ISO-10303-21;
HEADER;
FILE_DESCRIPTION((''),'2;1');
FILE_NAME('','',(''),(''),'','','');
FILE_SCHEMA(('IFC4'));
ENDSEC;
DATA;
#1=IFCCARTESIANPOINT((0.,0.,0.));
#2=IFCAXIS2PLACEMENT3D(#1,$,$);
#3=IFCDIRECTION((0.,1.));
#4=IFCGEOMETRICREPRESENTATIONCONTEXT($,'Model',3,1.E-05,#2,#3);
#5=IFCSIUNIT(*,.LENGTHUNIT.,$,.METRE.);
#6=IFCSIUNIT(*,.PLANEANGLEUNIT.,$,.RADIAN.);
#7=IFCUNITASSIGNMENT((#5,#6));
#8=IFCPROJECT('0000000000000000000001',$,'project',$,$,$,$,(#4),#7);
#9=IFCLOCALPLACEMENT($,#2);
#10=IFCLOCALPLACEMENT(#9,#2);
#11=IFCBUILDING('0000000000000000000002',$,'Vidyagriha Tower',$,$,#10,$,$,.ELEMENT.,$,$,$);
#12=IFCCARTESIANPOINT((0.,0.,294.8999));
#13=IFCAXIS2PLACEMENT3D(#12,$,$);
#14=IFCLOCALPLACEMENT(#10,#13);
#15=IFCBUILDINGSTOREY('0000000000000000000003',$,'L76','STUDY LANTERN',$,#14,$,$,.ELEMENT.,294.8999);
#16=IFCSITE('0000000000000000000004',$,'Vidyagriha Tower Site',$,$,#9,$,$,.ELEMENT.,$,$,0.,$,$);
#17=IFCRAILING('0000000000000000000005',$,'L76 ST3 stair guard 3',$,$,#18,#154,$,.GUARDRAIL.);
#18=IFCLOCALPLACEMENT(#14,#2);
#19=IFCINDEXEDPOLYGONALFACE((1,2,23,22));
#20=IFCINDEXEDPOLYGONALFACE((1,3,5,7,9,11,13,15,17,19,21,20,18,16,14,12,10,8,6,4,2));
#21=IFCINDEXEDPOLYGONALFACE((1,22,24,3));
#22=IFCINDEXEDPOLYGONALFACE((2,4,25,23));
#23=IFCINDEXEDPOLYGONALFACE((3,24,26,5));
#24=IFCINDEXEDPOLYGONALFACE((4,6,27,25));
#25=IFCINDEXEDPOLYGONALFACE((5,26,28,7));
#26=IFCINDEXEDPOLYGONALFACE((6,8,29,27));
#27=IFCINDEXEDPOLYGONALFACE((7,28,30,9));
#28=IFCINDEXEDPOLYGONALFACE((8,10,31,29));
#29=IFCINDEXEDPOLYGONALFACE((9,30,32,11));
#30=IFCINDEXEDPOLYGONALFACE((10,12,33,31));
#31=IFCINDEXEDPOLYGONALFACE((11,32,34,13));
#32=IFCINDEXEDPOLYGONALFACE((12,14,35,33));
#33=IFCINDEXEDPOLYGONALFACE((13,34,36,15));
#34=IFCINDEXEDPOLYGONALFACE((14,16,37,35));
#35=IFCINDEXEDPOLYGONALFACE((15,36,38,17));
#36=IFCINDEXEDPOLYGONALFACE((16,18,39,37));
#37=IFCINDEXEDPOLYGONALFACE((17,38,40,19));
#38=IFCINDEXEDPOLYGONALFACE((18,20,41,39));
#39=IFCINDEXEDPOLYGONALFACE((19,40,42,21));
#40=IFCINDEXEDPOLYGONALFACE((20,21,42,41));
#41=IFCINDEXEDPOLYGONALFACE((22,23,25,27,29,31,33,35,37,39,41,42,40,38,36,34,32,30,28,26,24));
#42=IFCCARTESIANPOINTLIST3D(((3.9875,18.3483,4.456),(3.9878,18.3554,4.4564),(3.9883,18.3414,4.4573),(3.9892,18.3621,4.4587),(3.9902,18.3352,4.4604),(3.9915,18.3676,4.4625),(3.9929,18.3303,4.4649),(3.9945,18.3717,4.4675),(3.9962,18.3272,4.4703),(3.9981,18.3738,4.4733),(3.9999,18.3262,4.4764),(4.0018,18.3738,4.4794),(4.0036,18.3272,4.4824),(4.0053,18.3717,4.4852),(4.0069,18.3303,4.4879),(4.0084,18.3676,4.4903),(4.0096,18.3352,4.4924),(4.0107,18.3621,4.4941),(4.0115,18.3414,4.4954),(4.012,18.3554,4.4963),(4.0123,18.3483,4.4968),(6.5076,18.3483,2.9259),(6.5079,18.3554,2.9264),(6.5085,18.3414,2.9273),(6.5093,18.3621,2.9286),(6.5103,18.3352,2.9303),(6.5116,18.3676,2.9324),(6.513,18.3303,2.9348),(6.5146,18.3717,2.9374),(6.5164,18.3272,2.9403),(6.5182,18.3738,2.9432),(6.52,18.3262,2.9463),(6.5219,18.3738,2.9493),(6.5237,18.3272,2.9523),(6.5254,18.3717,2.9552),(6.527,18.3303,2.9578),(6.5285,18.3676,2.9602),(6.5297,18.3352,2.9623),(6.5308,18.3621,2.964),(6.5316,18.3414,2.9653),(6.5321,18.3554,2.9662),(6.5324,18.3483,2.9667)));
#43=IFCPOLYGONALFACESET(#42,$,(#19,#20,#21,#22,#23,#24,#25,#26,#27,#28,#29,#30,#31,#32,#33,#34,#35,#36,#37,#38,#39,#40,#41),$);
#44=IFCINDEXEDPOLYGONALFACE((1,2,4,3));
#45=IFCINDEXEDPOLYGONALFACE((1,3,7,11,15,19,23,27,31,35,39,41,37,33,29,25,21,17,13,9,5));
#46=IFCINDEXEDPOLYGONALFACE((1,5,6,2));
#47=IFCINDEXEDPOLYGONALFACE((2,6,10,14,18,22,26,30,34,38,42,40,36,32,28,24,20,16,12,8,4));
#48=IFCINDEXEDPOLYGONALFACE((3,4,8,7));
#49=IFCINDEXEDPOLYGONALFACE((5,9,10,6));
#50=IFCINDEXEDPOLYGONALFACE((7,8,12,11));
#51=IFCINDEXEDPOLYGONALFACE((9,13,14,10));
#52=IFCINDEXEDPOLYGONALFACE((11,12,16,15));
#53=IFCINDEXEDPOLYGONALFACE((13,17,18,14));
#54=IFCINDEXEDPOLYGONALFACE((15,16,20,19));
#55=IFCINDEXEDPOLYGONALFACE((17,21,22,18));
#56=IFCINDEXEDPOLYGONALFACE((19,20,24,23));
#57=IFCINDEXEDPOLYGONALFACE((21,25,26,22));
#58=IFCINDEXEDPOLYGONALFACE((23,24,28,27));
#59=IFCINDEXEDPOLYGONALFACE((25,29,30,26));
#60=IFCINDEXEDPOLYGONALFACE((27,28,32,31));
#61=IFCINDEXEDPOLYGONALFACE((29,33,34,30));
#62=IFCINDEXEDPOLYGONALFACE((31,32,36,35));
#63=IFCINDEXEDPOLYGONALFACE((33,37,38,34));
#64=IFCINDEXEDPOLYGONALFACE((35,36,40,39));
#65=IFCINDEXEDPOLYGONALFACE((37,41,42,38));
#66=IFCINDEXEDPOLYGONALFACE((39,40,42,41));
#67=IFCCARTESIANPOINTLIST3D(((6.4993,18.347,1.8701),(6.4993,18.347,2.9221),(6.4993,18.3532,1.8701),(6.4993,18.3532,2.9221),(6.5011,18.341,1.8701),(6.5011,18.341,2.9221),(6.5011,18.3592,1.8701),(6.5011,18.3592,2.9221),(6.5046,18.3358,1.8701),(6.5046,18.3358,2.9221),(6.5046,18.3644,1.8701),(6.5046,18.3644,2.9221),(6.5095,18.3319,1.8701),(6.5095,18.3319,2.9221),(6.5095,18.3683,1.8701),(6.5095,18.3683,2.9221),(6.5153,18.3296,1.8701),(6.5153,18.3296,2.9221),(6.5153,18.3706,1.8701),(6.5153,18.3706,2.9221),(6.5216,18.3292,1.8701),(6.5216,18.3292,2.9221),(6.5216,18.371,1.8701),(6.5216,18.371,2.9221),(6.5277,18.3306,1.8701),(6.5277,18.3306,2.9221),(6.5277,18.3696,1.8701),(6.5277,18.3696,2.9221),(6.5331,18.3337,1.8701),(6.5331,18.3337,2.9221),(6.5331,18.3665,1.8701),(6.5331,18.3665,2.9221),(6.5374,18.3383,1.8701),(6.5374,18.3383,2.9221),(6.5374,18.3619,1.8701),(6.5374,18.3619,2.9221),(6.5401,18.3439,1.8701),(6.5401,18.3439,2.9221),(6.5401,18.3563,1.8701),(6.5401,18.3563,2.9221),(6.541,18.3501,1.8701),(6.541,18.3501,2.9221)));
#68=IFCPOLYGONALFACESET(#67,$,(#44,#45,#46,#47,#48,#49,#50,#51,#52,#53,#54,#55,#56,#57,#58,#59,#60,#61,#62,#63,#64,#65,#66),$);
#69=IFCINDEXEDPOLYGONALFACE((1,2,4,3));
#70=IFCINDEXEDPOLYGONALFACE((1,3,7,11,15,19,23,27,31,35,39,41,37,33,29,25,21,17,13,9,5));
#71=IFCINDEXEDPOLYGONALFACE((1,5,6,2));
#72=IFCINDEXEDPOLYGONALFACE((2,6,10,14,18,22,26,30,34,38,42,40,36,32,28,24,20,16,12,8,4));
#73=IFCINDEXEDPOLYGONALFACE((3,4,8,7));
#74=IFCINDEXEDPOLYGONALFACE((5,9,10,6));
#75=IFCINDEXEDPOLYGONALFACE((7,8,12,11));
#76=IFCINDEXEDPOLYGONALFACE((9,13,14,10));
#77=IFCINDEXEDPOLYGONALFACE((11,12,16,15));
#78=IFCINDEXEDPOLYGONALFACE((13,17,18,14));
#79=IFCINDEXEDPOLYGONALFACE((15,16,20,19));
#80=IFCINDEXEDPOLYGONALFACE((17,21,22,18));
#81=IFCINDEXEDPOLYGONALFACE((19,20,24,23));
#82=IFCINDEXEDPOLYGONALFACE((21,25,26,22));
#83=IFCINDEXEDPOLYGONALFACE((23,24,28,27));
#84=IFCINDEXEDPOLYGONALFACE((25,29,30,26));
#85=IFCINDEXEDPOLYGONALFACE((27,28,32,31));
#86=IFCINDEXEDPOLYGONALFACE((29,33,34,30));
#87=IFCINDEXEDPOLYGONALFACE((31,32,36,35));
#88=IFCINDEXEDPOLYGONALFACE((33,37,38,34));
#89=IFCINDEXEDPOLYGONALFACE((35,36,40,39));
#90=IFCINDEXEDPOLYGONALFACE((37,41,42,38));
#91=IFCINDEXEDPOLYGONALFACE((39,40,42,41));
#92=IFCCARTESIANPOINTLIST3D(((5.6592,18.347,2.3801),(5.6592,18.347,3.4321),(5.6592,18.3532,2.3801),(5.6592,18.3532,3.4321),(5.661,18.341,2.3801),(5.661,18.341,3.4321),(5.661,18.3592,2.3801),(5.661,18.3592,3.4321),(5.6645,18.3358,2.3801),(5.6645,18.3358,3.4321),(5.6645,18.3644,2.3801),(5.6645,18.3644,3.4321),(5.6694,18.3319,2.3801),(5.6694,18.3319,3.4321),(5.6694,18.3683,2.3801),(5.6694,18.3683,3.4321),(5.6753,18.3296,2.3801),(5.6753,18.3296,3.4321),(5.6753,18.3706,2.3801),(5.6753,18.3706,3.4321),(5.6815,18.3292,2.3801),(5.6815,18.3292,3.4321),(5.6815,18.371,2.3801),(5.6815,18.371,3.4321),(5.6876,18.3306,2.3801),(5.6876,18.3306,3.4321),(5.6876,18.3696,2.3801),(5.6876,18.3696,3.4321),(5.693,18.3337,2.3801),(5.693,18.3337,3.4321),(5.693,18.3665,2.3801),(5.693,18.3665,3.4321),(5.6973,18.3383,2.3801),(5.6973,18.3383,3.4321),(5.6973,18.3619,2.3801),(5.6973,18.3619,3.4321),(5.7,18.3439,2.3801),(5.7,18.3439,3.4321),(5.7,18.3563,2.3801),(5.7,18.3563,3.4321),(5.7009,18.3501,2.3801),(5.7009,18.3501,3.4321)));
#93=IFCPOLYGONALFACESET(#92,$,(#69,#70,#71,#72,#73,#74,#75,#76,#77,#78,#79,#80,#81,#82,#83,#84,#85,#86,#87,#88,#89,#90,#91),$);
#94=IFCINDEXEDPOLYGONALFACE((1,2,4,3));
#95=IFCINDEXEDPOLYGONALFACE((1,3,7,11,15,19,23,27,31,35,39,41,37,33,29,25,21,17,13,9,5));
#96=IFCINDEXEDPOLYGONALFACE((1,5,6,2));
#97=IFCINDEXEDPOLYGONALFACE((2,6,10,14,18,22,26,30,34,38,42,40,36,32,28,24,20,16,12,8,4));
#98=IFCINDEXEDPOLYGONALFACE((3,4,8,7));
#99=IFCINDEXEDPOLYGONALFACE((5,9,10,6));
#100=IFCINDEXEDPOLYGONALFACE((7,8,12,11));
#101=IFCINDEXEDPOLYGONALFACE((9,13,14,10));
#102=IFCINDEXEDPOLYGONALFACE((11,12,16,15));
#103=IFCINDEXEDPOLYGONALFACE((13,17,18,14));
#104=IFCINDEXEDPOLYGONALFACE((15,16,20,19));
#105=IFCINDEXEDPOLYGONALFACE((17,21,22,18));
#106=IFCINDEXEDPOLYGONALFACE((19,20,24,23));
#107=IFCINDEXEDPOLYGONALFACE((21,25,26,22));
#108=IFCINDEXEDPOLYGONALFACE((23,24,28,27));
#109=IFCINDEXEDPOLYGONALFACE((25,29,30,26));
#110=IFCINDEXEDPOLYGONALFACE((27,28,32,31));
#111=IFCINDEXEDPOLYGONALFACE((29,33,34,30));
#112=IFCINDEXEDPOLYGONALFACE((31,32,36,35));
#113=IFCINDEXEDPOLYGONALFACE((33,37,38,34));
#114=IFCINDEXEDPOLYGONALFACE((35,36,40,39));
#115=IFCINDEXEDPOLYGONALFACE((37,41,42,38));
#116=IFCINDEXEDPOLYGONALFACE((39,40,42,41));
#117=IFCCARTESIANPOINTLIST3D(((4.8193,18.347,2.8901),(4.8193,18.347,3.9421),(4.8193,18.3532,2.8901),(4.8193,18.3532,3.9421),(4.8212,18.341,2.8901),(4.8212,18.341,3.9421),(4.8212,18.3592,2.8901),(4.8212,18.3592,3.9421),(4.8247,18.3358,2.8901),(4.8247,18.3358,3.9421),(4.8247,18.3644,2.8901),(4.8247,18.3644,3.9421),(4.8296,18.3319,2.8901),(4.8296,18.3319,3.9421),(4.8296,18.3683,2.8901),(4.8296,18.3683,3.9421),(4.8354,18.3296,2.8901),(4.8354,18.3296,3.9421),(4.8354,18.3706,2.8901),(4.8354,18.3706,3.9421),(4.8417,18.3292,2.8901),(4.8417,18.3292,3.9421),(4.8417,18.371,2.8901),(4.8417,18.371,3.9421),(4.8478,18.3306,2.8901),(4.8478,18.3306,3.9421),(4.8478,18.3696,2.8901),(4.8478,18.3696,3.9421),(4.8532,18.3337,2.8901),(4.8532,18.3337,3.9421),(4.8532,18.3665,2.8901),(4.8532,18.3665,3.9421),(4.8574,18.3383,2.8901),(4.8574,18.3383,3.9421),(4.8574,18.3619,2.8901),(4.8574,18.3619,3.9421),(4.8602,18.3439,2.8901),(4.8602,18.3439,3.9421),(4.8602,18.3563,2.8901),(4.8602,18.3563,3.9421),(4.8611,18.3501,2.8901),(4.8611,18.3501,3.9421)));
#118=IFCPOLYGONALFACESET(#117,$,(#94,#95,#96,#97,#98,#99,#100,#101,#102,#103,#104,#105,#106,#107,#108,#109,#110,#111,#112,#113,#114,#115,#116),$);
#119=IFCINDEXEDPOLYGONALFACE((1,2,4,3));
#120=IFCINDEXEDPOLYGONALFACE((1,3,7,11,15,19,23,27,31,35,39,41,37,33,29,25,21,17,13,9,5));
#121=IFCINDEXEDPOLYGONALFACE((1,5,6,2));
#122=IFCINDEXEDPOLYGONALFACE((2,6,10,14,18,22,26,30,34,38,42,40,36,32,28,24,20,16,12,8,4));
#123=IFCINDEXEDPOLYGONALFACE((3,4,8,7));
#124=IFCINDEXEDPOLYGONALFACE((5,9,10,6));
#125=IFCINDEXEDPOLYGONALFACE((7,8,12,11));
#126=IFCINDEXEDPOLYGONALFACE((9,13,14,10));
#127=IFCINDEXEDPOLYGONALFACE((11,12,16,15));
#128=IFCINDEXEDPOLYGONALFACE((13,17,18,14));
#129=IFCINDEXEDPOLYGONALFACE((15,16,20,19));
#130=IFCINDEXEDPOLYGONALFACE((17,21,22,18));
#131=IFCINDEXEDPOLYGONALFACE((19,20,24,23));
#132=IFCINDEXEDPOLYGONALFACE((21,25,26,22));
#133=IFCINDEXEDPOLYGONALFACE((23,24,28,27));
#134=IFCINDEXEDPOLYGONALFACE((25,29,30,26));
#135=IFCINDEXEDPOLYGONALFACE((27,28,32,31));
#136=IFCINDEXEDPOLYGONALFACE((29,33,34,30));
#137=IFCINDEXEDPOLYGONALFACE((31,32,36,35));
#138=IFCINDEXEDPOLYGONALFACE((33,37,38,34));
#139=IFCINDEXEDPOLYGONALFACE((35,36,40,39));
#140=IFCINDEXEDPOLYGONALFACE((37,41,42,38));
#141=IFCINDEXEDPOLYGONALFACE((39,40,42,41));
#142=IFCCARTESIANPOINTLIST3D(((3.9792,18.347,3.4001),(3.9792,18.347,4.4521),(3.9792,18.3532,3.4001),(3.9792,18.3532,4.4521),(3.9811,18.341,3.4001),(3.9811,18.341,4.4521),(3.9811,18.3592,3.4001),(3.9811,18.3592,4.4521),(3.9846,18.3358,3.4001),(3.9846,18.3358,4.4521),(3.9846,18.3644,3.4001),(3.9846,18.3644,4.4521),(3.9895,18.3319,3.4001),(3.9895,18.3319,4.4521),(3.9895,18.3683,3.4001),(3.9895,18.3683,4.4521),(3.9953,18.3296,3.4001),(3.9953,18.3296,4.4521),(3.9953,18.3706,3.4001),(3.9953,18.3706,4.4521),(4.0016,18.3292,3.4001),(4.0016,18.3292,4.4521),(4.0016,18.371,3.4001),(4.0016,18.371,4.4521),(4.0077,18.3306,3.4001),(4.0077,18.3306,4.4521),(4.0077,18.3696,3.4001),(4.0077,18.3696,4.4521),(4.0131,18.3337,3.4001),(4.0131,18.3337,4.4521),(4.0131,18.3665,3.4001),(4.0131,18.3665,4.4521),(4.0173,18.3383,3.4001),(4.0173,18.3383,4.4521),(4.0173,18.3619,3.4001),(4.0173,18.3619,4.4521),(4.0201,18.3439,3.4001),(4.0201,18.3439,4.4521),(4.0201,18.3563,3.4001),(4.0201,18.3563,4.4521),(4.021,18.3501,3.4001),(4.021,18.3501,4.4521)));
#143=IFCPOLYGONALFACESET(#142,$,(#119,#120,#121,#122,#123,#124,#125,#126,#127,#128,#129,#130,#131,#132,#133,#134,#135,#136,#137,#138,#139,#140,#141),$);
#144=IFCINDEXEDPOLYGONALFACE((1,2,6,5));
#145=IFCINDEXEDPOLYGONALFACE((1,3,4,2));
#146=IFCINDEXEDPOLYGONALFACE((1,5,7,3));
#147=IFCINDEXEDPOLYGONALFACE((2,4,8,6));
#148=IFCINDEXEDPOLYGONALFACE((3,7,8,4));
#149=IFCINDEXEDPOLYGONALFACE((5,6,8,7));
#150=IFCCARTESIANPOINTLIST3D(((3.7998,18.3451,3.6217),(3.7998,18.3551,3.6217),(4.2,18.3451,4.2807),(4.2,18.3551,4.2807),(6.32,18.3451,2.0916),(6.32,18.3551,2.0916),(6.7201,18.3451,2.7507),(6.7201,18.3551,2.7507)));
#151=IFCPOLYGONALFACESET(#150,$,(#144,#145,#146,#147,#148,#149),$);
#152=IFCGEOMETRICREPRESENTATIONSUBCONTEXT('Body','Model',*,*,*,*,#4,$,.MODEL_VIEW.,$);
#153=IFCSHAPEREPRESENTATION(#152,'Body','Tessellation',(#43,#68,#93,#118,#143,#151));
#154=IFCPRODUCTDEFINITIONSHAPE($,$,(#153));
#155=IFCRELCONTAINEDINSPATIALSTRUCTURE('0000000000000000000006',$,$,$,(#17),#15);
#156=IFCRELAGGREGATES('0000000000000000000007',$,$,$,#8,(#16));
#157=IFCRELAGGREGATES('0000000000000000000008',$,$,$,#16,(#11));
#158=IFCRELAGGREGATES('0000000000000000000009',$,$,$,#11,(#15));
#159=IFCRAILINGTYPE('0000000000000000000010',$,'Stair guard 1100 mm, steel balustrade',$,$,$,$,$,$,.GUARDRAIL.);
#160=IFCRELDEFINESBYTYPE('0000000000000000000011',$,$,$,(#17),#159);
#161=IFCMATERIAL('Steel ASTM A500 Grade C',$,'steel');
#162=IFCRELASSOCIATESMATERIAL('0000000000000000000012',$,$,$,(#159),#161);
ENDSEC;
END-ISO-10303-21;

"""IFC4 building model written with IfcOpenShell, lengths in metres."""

from ifc_helpers import new_model, si_unit, direction, frame, origin, origin_2d, place, context, subcontext, project, spatial, rectangle, circle, extrude, material, type_object, element, save


model = new_model("IFC4")

# Units and contexts
model_context = context("Model", 3, precision=1e-05, world=origin(), true_north=direction((0.0, 1.0)))
body_context = subcontext(model_context, "Body", "Model", "MODEL_VIEW")
ifc_project = project(units=[si_unit("LENGTHUNIT", "METRE"), si_unit("PLANEANGLEUNIT", "RADIAN")], contexts=[model_context])

# Site, building, storey
site_placement = place(None, origin())
site = spatial("IfcSite", under=ifc_project, at=site_placement, Name="Vidyagriha Tower Site", CompositionType="ELEMENT", RefElevation=0.0)
building_placement = place(site_placement, origin())
building = spatial("IfcBuilding", under=site, at=building_placement, Name="Vidyagriha Tower", CompositionType="ELEMENT")
storey_placement = place(building_placement, frame((0.0, 0.0, 294.8999)))
storey = spatial("IfcBuildingStorey", under=building, at=storey_placement, Name="L76", Description="STUDY LANTERN", CompositionType="ELEMENT", Elevation=294.8999)

# Railing
ifc_material_1 = material(Name="Steel ASTM A500 Grade C", Category="steel")
railing_type_1 = type_object("IfcRailingType", Name="Stair guard 1100 mm, steel balustrade", PredefinedType="GUARDRAIL", material=ifc_material_1)
railing_1_placement = place(storey_placement, frame((6.52, 18.3501, 1.8701)))
element("IfcRailing", 1, at=railing_1_placement, inside=storey, type_object=railing_type_1, Name="L76 ST3 stair guard 3", PredefinedType="GUARDRAIL", context=body_context, shape_type="SweptSolid", body=[
    extrude(circle(Radius=0.0239, at=origin_2d()), frame((0.0, 0.0, 1.0762), z_axis=(-0.854785, 0.0, 0.518982), x_axis=(0.0, -1.0, 0.0)), (0.0, 0.0, 1.0), 2.9482),
    extrude(circle(Radius=0.021, at=origin_2d()), origin(), (0.0, 0.0, 1.0), 1.052),
    extrude(circle(Radius=0.021, at=origin_2d()), frame((-0.8401, 0.0, 0.51)), (0.0, 0.0, 1.0), 1.052),
    extrude(circle(Radius=0.021, at=origin_2d()), frame((-1.6799, 0.0, 1.02)), (0.0, 0.0, 1.0), 1.052),
    extrude(circle(Radius=0.021, at=origin_2d()), frame((-2.52, 0.0, 1.53)), (0.0, 0.0, 1.0), 1.052),
    extrude(rectangle(XDim=0.01, YDim=0.771, at=origin_2d()), frame((0.0, 0.0, 0.551), z_axis=(-0.854785, 0.0, 0.518982), x_axis=(0.0, -1.0, 0.0)), (0.0, 0.0, 1.0), 2.9482),
])

save(model, "model.ifc")
